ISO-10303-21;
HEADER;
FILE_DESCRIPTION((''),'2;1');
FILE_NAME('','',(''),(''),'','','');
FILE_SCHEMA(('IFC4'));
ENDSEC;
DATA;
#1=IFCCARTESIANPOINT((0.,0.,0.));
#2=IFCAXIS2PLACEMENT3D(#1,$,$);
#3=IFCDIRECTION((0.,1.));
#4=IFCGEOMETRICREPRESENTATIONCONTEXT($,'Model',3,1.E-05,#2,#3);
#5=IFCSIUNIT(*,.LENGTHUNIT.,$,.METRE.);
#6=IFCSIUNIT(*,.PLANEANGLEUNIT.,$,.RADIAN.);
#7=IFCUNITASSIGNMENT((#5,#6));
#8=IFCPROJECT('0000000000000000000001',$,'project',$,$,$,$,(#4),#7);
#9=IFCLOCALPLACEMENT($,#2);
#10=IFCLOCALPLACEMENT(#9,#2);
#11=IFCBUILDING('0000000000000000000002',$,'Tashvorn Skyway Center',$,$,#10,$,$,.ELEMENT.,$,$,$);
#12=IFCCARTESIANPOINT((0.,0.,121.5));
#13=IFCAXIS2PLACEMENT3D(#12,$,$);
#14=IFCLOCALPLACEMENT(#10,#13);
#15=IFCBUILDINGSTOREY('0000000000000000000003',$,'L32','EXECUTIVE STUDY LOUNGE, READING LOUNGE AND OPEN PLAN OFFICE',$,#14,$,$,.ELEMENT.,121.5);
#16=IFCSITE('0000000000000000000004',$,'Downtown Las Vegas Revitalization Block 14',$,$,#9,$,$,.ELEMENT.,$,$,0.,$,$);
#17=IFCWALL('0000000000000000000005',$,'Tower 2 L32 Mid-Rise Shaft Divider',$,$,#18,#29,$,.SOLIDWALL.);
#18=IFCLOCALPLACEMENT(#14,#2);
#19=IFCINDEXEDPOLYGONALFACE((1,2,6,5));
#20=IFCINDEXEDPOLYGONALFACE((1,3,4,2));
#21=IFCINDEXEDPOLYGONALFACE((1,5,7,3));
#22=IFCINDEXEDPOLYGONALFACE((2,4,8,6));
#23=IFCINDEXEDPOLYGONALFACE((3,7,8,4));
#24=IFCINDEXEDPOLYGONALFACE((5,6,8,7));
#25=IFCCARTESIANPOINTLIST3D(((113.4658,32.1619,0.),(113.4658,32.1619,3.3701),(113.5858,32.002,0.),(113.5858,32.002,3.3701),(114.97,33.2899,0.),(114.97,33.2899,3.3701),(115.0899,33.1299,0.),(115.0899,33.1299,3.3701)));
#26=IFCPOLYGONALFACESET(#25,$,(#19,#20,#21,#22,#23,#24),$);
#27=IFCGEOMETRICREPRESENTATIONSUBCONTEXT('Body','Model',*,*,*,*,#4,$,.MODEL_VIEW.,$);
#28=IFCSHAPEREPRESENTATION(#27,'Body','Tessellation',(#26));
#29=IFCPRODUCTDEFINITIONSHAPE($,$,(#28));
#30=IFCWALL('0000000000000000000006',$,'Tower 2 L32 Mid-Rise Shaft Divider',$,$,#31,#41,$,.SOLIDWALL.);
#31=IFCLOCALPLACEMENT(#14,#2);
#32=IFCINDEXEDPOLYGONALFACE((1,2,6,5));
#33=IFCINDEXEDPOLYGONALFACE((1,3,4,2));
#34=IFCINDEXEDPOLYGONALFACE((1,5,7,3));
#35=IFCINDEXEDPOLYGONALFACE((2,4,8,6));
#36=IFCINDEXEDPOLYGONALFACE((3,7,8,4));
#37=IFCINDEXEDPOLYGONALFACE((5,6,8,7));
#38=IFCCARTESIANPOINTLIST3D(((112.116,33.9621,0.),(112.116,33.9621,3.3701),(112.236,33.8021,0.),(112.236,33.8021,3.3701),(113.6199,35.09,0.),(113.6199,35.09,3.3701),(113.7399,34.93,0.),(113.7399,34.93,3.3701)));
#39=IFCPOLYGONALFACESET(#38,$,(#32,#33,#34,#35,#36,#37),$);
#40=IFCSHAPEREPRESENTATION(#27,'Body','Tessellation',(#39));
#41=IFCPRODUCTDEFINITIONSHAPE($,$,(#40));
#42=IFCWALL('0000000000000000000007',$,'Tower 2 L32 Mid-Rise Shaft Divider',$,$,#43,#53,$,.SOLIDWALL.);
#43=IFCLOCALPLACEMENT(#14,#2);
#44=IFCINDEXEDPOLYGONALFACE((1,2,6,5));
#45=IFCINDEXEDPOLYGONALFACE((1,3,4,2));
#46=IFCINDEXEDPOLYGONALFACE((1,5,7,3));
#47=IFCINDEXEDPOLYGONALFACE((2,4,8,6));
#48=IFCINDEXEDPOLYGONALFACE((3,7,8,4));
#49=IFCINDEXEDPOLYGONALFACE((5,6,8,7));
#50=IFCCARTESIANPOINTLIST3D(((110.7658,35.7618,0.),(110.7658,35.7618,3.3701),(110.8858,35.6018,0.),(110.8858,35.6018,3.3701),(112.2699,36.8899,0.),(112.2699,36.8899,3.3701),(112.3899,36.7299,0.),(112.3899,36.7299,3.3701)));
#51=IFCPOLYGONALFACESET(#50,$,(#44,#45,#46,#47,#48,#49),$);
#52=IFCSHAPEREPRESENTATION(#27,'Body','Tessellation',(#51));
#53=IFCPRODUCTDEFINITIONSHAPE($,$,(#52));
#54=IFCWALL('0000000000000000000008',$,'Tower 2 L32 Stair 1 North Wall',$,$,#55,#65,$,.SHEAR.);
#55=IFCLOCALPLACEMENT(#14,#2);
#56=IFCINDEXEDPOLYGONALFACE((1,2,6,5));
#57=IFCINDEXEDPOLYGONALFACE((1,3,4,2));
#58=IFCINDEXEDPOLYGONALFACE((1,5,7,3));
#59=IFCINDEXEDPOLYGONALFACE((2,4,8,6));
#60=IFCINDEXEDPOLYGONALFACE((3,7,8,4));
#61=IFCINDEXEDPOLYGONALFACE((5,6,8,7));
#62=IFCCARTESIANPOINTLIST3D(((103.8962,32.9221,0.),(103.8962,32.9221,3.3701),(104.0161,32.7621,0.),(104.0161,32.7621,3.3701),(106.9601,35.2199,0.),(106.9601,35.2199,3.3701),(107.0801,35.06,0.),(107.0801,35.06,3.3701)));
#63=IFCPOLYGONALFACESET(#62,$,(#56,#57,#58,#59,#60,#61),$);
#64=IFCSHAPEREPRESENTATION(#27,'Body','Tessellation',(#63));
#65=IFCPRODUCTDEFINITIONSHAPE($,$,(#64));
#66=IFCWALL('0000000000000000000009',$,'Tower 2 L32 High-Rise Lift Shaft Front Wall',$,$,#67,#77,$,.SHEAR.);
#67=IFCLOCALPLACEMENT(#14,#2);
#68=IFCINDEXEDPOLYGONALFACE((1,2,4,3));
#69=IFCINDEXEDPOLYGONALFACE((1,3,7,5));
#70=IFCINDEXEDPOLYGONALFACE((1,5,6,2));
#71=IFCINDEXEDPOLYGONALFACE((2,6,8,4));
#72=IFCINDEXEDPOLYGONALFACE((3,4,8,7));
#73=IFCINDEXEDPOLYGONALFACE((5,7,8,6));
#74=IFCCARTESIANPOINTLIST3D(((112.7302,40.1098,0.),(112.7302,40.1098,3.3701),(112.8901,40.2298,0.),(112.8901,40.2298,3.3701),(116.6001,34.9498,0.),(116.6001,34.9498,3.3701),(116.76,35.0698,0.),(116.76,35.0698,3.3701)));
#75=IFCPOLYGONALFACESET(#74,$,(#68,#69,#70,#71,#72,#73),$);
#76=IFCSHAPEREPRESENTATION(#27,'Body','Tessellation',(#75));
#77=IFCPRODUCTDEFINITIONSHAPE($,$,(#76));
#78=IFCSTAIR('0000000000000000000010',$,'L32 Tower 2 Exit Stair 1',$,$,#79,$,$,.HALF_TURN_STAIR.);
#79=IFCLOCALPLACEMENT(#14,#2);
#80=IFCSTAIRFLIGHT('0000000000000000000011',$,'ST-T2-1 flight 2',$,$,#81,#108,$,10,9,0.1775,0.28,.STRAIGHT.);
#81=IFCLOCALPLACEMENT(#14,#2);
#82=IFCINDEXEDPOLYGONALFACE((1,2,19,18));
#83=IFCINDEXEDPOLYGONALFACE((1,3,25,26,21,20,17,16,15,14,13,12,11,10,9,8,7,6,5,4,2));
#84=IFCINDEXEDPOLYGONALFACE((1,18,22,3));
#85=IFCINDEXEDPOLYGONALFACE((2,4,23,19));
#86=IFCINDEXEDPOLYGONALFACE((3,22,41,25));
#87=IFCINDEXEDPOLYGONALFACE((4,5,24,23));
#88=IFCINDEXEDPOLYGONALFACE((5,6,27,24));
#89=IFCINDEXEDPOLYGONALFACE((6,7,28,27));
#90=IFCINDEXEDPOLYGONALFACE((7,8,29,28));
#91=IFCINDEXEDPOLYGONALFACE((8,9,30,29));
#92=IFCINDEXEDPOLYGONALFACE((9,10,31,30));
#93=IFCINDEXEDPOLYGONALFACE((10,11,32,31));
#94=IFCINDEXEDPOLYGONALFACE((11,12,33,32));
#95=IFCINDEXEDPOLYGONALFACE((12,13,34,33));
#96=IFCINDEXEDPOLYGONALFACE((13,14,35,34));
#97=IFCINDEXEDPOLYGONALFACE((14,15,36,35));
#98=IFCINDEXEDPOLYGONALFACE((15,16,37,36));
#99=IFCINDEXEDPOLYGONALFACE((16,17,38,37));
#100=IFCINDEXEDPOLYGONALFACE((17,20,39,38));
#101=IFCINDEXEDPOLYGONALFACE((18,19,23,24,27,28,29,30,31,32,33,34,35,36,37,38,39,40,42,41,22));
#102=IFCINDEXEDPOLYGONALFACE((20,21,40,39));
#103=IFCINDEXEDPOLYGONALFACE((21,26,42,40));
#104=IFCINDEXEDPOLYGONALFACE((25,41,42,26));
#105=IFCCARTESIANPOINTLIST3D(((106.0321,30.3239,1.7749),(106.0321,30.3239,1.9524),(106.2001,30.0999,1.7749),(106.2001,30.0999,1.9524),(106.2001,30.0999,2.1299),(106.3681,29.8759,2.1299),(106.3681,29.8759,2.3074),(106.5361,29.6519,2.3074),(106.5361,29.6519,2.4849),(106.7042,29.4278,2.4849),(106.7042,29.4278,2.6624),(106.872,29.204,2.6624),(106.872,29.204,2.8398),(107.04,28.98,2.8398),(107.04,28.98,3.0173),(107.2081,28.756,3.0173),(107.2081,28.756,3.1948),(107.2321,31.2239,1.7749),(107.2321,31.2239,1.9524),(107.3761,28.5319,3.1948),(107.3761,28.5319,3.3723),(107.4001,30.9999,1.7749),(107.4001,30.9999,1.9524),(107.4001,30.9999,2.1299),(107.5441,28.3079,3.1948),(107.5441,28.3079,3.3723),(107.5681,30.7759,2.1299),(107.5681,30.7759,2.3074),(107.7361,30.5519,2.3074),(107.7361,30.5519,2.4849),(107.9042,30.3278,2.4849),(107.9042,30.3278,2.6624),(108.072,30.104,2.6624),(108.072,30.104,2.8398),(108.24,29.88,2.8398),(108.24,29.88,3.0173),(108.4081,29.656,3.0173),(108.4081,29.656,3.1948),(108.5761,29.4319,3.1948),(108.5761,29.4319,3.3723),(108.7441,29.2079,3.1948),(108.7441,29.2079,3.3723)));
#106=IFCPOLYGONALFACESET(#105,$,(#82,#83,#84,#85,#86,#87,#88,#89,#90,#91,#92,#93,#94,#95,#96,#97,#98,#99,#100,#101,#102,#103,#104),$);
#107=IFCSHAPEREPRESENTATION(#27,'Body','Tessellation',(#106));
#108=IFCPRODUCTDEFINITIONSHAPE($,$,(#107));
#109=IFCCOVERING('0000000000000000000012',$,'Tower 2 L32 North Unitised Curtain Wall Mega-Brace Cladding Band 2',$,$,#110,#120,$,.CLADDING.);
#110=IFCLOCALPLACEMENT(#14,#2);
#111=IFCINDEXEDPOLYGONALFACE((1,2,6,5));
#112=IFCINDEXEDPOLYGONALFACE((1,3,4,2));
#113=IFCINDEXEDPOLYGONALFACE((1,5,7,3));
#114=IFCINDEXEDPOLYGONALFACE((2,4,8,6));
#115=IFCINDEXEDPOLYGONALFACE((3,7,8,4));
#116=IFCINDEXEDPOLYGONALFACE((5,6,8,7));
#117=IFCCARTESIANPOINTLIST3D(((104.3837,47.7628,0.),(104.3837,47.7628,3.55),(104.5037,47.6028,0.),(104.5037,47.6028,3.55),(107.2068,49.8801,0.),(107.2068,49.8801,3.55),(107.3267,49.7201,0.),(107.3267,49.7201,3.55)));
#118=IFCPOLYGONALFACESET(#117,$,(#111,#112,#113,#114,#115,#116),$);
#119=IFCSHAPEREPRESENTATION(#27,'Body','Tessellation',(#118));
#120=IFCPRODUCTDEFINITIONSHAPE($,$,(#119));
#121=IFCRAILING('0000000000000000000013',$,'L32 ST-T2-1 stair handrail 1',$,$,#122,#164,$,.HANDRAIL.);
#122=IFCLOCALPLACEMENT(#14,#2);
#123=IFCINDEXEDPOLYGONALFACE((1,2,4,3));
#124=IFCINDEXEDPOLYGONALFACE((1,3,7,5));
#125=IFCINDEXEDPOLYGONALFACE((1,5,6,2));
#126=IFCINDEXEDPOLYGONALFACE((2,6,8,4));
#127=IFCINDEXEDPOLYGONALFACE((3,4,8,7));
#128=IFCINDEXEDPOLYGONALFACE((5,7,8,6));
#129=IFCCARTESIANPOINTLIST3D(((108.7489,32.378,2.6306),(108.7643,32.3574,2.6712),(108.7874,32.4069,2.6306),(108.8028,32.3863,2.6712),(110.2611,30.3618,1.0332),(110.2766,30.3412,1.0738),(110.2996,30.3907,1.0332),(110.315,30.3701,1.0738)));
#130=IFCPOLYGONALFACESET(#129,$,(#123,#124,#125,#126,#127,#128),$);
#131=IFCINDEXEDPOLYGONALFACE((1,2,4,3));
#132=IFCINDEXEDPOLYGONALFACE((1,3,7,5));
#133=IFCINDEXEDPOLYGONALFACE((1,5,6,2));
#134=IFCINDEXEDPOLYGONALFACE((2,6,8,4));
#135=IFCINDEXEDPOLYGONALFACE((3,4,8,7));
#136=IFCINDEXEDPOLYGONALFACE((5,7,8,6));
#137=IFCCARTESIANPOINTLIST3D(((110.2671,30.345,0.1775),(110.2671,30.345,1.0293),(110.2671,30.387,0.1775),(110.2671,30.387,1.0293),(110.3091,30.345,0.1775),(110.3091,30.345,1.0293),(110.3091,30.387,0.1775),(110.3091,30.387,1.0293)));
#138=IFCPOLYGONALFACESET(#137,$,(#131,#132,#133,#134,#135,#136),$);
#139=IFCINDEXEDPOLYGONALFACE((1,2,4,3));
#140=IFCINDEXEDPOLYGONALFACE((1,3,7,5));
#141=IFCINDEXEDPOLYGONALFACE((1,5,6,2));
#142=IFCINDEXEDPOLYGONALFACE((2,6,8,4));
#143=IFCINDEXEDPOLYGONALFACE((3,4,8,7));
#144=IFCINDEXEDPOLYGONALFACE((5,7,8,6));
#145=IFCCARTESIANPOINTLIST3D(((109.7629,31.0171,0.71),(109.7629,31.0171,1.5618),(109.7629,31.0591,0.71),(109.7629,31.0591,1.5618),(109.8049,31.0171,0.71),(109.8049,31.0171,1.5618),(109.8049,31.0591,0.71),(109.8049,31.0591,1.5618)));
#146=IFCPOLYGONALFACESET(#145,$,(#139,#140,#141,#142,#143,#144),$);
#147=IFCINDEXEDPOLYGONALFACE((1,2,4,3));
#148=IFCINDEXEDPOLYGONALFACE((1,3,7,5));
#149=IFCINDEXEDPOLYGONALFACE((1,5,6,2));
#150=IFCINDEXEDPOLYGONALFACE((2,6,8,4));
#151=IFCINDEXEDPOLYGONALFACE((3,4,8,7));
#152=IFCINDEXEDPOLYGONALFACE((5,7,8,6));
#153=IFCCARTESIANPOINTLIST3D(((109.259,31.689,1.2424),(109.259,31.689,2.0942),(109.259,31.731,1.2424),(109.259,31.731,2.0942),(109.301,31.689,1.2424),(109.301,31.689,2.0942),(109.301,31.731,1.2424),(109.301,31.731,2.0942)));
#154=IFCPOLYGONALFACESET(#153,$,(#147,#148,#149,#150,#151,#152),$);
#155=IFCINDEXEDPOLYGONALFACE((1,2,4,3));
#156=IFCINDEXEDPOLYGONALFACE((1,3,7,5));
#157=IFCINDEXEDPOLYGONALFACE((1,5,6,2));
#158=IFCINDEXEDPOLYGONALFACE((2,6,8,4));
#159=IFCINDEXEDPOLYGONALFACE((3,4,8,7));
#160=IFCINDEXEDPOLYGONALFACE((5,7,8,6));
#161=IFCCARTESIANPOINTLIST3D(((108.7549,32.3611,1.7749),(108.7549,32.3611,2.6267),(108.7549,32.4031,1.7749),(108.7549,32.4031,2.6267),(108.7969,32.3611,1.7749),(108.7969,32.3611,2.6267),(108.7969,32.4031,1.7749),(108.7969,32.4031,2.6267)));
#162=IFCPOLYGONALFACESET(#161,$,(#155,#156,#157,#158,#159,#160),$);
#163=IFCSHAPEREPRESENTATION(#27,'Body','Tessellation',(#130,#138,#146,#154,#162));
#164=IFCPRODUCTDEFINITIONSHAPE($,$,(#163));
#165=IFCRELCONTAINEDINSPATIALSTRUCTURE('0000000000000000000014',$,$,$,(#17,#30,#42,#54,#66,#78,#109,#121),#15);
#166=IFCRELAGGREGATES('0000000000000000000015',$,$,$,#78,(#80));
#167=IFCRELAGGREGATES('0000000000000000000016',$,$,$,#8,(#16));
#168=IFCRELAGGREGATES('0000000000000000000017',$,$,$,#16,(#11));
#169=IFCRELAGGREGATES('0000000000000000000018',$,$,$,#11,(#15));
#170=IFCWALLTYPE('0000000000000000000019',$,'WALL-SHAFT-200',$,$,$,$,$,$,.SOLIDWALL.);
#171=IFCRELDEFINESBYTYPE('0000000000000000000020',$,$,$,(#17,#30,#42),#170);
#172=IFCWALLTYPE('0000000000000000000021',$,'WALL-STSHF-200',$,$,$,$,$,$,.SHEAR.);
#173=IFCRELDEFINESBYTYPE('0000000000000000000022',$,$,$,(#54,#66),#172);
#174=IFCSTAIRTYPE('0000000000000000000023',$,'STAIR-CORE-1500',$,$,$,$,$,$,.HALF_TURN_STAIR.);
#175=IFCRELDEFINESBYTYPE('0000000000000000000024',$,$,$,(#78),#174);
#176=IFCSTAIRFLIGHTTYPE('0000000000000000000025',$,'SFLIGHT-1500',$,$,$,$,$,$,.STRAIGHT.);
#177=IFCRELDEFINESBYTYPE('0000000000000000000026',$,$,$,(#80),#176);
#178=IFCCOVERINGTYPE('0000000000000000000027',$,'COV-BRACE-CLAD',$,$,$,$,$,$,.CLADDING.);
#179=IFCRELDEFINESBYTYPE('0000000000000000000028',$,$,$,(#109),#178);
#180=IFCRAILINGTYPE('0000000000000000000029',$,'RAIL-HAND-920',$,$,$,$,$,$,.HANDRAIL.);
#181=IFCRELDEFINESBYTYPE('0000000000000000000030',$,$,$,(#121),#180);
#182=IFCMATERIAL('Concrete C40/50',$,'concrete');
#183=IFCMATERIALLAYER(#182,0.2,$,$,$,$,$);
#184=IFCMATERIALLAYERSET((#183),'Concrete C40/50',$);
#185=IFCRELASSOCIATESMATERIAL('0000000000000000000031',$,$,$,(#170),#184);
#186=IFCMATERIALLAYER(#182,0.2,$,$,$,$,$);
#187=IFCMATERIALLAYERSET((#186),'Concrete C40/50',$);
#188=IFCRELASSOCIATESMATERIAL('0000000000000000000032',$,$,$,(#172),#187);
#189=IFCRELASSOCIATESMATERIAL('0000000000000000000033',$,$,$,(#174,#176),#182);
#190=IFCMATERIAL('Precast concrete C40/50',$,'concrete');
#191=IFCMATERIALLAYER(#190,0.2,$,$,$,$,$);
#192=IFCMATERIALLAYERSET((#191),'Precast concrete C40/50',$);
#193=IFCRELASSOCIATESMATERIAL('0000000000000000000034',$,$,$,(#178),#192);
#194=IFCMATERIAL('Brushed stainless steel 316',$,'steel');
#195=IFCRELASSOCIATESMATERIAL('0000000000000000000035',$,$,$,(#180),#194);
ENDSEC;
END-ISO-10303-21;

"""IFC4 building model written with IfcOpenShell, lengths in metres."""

from ifc_helpers import new_model, si_unit, direction, frame, frame_2d, origin, origin_2d, place, context, subcontext, project, spatial, polyline, rectangle, outline, extrude, material, layer, layer_set, type_object, element, aggregate, save


model = new_model("IFC4")

# Units and contexts
model_context = context("Model", 3, precision=1e-05, world=origin(), true_north=direction((0.0, 1.0)))
body_context = subcontext(model_context, "Body", "Model", "MODEL_VIEW")
ifc_project = project(units=[si_unit("LENGTHUNIT", "METRE"), si_unit("PLANEANGLEUNIT", "RADIAN")], contexts=[model_context])

# Site, building, storey
site_placement = place(None, origin())
site = spatial("IfcSite", under=ifc_project, at=site_placement, Name="Downtown Las Vegas Revitalization Block 14", CompositionType="ELEMENT", RefElevation=0.0)
building_placement = place(site_placement, origin())
building = spatial("IfcBuilding", under=site, at=building_placement, Name="Tashvorn Skyway Center", CompositionType="ELEMENT")
storey_placement = place(building_placement, frame((0.0, 0.0, 121.5)))
storey = spatial("IfcBuildingStorey", under=building, at=storey_placement, Name="L32", Description="EXECUTIVE STUDY LOUNGE, READING LOUNGE AND OPEN PLAN OFFICE", CompositionType="ELEMENT", Elevation=121.5)

# Shared definitions
ifc_material_1 = material(Name="Concrete C40/50", Category="concrete")

# Walls
ifc_layer_1 = layer(ifc_material_1, 0.2)
ifc_layer_set_1 = layer_set([ifc_layer_1], Name="Concrete C40/50")
wall_type_1 = type_object("IfcWallType", Name="WALL-SHAFT-200", PredefinedType="SOLIDWALL", material=ifc_layer_set_1)
wall_1_placement = place(storey_placement, frame((113.5259, 32.082, 0.0), z_axis=(0.0, 0.0, 1.0), x_axis=(0.800047, 0.599938, 0.0)))
element("IfcWall", 1, at=wall_1_placement, inside=storey, type_object=wall_type_1, Name="Tower 2 L32 Mid-Rise Shaft Divider", PredefinedType="SOLIDWALL", context=body_context, shape_type="SweptSolid", body=[
    extrude(rectangle(XDim=1.8801, YDim=0.2, at=frame_2d((0.9399, 0.0))), origin(), (0.0, 0.0, 1.0), 3.3701),
])
wall_2_placement = place(storey_placement, frame((112.176, 33.8821, 0.0), z_axis=(0.0, 0.0, 1.0), x_axis=(0.8, 0.6, 0.0)))
element("IfcWall", 2, at=wall_2_placement, inside=storey, type_object=wall_type_1, Name="Tower 2 L32 Mid-Rise Shaft Divider", PredefinedType="SOLIDWALL", context=body_context, shape_type="SweptSolid", body=[
    extrude(rectangle(XDim=1.8799, YDim=0.2, at=frame_2d((0.9399, 0.0))), origin(), (0.0, 0.0, 1.0), 3.3701),
])
wall_3_placement = place(storey_placement, frame((110.8259, 35.6819, 0.0), z_axis=(0.0, 0.0, 1.0), x_axis=(0.799984, 0.600021, 0.0)))
element("IfcWall", 3, at=wall_3_placement, inside=storey, type_object=wall_type_1, Name="Tower 2 L32 Mid-Rise Shaft Divider", PredefinedType="SOLIDWALL", context=body_context, shape_type="SweptSolid", body=[
    extrude(rectangle(XDim=1.8801, YDim=0.2, at=frame_2d((0.9399, 0.0))), origin(), (0.0, 0.0, 1.0), 3.3701),
])
ifc_layer_2 = layer(ifc_material_1, 0.2)
ifc_layer_set_2 = layer_set([ifc_layer_2], Name="Concrete C40/50")
wall_type_2 = type_object("IfcWallType", Name="WALL-STSHF-200", PredefinedType="SHEAR", material=ifc_layer_set_2)
wall_4_placement = place(storey_placement, frame((103.9561, 32.842, 0.0), z_axis=(0.0, 0.0, 1.0), x_axis=(0.800015, 0.59998, 0.0)))
element("IfcWall", 4, at=wall_4_placement, inside=storey, type_object=wall_type_2, Name="Tower 2 L32 Stair 1 North Wall", PredefinedType="SHEAR", context=body_context, shape_type="SweptSolid", body=[
    extrude(rectangle(XDim=3.8298, YDim=0.2, at=frame_2d((1.915, 0.0))), origin(), (0.0, 0.0, 1.0), 3.3701),
])
wall_5_placement = place(storey_placement, frame((112.8101, 40.1699, 0.0), z_axis=(0.0, 0.0, 1.0), x_axis=(0.599994, -0.800005, 0.0)))
element("IfcWall", 5, at=wall_5_placement, inside=storey, type_object=wall_type_2, Name="Tower 2 L32 High-Rise Lift Shaft Front Wall", PredefinedType="SHEAR", context=body_context, shape_type="SweptSolid", body=[
    extrude(rectangle(XDim=6.45, YDim=0.2, at=frame_2d((3.2251, 0.0))), origin(), (0.0, 0.0, 1.0), 3.3701),
])

# Stair, stair flight
stair_type = type_object("IfcStairType", Name="STAIR-CORE-1500", PredefinedType="HALF_TURN_STAIR", material=ifc_material_1)
stair_placement = place(storey_placement, origin())
stair = element("IfcStair", 6, at=stair_placement, inside=storey, type_object=stair_type, Name="L32 Tower 2 Exit Stair 1", PredefinedType="HALF_TURN_STAIR")
stair_flight_type = type_object("IfcStairFlightType", Name="SFLIGHT-1500", PredefinedType="STRAIGHT", material=ifc_material_1)
stair_flight_placement = place(storey_placement, frame((106.6321, 30.7739, 1.7749), z_axis=(0.0, 0.0, 1.0), x_axis=(0.6, -0.8, 0.0)))
stair_flight = element("IfcStairFlight", 7, at=stair_flight_placement, type_object=stair_flight_type, Name="ST-T2-1 flight 2", NumberOfRisers=10, NumberOfTreads=9, PredefinedType="STRAIGHT", RiserHeight=0.1775, TreadLength=0.28, context=body_context, shape_type="SweptSolid", body=[
    extrude(outline(polyline([(0.0, 0.0), (0.0, 0.1775), (0.28, 0.1775), (0.28, 0.355), (0.5601, 0.355), (0.5601, 0.5325), (0.8401, 0.5325), (0.8401, 0.71), (1.1201, 0.71), (1.1201, 0.8875), (1.3999, 0.8875), (1.3999, 1.0649), (1.6799, 1.0649), (1.6799, 1.2424), (1.96, 1.2424), (1.96, 1.4199), (2.24, 1.4199), (2.24, 1.5974), (2.52, 1.5974), (2.52, 1.7749), (2.52, 1.4199), (0.28, 0.0), (0.0, 0.0)])), frame((0.0, 0.75, 0.0), z_axis=(0.0, -1.0, 0.0), x_axis=(1.0, 0.0, 0.0)), (0.0, 0.0, 1.0), 1.5),
])
aggregate(stair, [stair_flight])

# Covering
ifc_material_2 = material(Name="Precast concrete C40/50", Category="concrete")
ifc_layer_3 = layer(ifc_material_2, 0.2)
ifc_layer_set_3 = layer_set([ifc_layer_3], Name="Precast concrete C40/50")
covering_type = type_object("IfcCoveringType", Name="COV-BRACE-CLAD", PredefinedType="CLADDING", material=ifc_layer_set_3)
covering_placement = place(storey_placement, frame((105.8552, 48.7415, 0.0), z_axis=(0.0, 0.0, 1.0), x_axis=(0.8, 0.6, 0.0)))
element("IfcCovering", 8, at=covering_placement, inside=storey, type_object=covering_type, Name="Tower 2 L32 North Unitised Curtain Wall Mega-Brace Cladding Band 2", PredefinedType="CLADDING", context=body_context, shape_type="SweptSolid", body=[
    extrude(rectangle(XDim=3.5288, YDim=0.2, at=origin_2d()), origin(), (0.0, 0.0, 1.0), 3.55),
])

# Railing
ifc_material_3 = material(Name="Brushed stainless steel 316", Category="steel")
railing_type_1 = type_object("IfcRailingType", Name="RAIL-HAND-920", PredefinedType="HANDRAIL", material=ifc_material_3)
railing_1_placement = place(storey_placement, frame((110.2881, 30.366, 0.1775)))
element("IfcRailing", 9, at=railing_1_placement, inside=storey, type_object=railing_type_1, Name="L32 ST-T2-1 stair handrail 1", PredefinedType="HANDRAIL", context=body_context, shape_type="SweptSolid", body=[
    extrude(rectangle(XDim=0.0481, YDim=0.0481, at=origin_2d()), frame((0.0, 0.0, 0.876), z_axis=(-0.506802, 0.675681, 0.535357), x_axis=(-0.799977, -0.600031, 0.0)), (0.0, 0.0, 1.0), 2.9839),
    extrude(rectangle(XDim=0.042, YDim=0.042, at=origin_2d()), origin(), (0.0, 0.0, 1.0), 0.8518),
    extrude(rectangle(XDim=0.042, YDim=0.042, at=origin_2d()), frame((-0.5042, 0.6721, 0.5325)), (0.0, 0.0, 1.0), 0.8518),
    extrude(rectangle(XDim=0.042, YDim=0.042, at=origin_2d()), frame((-1.0081, 1.344, 1.0649)), (0.0, 0.0, 1.0), 0.8518),
    extrude(rectangle(XDim=0.042, YDim=0.042, at=origin_2d()), frame((-1.5122, 2.0161, 1.5974)), (0.0, 0.0, 1.0), 0.8518),
])

save(model, "model.ifc")
